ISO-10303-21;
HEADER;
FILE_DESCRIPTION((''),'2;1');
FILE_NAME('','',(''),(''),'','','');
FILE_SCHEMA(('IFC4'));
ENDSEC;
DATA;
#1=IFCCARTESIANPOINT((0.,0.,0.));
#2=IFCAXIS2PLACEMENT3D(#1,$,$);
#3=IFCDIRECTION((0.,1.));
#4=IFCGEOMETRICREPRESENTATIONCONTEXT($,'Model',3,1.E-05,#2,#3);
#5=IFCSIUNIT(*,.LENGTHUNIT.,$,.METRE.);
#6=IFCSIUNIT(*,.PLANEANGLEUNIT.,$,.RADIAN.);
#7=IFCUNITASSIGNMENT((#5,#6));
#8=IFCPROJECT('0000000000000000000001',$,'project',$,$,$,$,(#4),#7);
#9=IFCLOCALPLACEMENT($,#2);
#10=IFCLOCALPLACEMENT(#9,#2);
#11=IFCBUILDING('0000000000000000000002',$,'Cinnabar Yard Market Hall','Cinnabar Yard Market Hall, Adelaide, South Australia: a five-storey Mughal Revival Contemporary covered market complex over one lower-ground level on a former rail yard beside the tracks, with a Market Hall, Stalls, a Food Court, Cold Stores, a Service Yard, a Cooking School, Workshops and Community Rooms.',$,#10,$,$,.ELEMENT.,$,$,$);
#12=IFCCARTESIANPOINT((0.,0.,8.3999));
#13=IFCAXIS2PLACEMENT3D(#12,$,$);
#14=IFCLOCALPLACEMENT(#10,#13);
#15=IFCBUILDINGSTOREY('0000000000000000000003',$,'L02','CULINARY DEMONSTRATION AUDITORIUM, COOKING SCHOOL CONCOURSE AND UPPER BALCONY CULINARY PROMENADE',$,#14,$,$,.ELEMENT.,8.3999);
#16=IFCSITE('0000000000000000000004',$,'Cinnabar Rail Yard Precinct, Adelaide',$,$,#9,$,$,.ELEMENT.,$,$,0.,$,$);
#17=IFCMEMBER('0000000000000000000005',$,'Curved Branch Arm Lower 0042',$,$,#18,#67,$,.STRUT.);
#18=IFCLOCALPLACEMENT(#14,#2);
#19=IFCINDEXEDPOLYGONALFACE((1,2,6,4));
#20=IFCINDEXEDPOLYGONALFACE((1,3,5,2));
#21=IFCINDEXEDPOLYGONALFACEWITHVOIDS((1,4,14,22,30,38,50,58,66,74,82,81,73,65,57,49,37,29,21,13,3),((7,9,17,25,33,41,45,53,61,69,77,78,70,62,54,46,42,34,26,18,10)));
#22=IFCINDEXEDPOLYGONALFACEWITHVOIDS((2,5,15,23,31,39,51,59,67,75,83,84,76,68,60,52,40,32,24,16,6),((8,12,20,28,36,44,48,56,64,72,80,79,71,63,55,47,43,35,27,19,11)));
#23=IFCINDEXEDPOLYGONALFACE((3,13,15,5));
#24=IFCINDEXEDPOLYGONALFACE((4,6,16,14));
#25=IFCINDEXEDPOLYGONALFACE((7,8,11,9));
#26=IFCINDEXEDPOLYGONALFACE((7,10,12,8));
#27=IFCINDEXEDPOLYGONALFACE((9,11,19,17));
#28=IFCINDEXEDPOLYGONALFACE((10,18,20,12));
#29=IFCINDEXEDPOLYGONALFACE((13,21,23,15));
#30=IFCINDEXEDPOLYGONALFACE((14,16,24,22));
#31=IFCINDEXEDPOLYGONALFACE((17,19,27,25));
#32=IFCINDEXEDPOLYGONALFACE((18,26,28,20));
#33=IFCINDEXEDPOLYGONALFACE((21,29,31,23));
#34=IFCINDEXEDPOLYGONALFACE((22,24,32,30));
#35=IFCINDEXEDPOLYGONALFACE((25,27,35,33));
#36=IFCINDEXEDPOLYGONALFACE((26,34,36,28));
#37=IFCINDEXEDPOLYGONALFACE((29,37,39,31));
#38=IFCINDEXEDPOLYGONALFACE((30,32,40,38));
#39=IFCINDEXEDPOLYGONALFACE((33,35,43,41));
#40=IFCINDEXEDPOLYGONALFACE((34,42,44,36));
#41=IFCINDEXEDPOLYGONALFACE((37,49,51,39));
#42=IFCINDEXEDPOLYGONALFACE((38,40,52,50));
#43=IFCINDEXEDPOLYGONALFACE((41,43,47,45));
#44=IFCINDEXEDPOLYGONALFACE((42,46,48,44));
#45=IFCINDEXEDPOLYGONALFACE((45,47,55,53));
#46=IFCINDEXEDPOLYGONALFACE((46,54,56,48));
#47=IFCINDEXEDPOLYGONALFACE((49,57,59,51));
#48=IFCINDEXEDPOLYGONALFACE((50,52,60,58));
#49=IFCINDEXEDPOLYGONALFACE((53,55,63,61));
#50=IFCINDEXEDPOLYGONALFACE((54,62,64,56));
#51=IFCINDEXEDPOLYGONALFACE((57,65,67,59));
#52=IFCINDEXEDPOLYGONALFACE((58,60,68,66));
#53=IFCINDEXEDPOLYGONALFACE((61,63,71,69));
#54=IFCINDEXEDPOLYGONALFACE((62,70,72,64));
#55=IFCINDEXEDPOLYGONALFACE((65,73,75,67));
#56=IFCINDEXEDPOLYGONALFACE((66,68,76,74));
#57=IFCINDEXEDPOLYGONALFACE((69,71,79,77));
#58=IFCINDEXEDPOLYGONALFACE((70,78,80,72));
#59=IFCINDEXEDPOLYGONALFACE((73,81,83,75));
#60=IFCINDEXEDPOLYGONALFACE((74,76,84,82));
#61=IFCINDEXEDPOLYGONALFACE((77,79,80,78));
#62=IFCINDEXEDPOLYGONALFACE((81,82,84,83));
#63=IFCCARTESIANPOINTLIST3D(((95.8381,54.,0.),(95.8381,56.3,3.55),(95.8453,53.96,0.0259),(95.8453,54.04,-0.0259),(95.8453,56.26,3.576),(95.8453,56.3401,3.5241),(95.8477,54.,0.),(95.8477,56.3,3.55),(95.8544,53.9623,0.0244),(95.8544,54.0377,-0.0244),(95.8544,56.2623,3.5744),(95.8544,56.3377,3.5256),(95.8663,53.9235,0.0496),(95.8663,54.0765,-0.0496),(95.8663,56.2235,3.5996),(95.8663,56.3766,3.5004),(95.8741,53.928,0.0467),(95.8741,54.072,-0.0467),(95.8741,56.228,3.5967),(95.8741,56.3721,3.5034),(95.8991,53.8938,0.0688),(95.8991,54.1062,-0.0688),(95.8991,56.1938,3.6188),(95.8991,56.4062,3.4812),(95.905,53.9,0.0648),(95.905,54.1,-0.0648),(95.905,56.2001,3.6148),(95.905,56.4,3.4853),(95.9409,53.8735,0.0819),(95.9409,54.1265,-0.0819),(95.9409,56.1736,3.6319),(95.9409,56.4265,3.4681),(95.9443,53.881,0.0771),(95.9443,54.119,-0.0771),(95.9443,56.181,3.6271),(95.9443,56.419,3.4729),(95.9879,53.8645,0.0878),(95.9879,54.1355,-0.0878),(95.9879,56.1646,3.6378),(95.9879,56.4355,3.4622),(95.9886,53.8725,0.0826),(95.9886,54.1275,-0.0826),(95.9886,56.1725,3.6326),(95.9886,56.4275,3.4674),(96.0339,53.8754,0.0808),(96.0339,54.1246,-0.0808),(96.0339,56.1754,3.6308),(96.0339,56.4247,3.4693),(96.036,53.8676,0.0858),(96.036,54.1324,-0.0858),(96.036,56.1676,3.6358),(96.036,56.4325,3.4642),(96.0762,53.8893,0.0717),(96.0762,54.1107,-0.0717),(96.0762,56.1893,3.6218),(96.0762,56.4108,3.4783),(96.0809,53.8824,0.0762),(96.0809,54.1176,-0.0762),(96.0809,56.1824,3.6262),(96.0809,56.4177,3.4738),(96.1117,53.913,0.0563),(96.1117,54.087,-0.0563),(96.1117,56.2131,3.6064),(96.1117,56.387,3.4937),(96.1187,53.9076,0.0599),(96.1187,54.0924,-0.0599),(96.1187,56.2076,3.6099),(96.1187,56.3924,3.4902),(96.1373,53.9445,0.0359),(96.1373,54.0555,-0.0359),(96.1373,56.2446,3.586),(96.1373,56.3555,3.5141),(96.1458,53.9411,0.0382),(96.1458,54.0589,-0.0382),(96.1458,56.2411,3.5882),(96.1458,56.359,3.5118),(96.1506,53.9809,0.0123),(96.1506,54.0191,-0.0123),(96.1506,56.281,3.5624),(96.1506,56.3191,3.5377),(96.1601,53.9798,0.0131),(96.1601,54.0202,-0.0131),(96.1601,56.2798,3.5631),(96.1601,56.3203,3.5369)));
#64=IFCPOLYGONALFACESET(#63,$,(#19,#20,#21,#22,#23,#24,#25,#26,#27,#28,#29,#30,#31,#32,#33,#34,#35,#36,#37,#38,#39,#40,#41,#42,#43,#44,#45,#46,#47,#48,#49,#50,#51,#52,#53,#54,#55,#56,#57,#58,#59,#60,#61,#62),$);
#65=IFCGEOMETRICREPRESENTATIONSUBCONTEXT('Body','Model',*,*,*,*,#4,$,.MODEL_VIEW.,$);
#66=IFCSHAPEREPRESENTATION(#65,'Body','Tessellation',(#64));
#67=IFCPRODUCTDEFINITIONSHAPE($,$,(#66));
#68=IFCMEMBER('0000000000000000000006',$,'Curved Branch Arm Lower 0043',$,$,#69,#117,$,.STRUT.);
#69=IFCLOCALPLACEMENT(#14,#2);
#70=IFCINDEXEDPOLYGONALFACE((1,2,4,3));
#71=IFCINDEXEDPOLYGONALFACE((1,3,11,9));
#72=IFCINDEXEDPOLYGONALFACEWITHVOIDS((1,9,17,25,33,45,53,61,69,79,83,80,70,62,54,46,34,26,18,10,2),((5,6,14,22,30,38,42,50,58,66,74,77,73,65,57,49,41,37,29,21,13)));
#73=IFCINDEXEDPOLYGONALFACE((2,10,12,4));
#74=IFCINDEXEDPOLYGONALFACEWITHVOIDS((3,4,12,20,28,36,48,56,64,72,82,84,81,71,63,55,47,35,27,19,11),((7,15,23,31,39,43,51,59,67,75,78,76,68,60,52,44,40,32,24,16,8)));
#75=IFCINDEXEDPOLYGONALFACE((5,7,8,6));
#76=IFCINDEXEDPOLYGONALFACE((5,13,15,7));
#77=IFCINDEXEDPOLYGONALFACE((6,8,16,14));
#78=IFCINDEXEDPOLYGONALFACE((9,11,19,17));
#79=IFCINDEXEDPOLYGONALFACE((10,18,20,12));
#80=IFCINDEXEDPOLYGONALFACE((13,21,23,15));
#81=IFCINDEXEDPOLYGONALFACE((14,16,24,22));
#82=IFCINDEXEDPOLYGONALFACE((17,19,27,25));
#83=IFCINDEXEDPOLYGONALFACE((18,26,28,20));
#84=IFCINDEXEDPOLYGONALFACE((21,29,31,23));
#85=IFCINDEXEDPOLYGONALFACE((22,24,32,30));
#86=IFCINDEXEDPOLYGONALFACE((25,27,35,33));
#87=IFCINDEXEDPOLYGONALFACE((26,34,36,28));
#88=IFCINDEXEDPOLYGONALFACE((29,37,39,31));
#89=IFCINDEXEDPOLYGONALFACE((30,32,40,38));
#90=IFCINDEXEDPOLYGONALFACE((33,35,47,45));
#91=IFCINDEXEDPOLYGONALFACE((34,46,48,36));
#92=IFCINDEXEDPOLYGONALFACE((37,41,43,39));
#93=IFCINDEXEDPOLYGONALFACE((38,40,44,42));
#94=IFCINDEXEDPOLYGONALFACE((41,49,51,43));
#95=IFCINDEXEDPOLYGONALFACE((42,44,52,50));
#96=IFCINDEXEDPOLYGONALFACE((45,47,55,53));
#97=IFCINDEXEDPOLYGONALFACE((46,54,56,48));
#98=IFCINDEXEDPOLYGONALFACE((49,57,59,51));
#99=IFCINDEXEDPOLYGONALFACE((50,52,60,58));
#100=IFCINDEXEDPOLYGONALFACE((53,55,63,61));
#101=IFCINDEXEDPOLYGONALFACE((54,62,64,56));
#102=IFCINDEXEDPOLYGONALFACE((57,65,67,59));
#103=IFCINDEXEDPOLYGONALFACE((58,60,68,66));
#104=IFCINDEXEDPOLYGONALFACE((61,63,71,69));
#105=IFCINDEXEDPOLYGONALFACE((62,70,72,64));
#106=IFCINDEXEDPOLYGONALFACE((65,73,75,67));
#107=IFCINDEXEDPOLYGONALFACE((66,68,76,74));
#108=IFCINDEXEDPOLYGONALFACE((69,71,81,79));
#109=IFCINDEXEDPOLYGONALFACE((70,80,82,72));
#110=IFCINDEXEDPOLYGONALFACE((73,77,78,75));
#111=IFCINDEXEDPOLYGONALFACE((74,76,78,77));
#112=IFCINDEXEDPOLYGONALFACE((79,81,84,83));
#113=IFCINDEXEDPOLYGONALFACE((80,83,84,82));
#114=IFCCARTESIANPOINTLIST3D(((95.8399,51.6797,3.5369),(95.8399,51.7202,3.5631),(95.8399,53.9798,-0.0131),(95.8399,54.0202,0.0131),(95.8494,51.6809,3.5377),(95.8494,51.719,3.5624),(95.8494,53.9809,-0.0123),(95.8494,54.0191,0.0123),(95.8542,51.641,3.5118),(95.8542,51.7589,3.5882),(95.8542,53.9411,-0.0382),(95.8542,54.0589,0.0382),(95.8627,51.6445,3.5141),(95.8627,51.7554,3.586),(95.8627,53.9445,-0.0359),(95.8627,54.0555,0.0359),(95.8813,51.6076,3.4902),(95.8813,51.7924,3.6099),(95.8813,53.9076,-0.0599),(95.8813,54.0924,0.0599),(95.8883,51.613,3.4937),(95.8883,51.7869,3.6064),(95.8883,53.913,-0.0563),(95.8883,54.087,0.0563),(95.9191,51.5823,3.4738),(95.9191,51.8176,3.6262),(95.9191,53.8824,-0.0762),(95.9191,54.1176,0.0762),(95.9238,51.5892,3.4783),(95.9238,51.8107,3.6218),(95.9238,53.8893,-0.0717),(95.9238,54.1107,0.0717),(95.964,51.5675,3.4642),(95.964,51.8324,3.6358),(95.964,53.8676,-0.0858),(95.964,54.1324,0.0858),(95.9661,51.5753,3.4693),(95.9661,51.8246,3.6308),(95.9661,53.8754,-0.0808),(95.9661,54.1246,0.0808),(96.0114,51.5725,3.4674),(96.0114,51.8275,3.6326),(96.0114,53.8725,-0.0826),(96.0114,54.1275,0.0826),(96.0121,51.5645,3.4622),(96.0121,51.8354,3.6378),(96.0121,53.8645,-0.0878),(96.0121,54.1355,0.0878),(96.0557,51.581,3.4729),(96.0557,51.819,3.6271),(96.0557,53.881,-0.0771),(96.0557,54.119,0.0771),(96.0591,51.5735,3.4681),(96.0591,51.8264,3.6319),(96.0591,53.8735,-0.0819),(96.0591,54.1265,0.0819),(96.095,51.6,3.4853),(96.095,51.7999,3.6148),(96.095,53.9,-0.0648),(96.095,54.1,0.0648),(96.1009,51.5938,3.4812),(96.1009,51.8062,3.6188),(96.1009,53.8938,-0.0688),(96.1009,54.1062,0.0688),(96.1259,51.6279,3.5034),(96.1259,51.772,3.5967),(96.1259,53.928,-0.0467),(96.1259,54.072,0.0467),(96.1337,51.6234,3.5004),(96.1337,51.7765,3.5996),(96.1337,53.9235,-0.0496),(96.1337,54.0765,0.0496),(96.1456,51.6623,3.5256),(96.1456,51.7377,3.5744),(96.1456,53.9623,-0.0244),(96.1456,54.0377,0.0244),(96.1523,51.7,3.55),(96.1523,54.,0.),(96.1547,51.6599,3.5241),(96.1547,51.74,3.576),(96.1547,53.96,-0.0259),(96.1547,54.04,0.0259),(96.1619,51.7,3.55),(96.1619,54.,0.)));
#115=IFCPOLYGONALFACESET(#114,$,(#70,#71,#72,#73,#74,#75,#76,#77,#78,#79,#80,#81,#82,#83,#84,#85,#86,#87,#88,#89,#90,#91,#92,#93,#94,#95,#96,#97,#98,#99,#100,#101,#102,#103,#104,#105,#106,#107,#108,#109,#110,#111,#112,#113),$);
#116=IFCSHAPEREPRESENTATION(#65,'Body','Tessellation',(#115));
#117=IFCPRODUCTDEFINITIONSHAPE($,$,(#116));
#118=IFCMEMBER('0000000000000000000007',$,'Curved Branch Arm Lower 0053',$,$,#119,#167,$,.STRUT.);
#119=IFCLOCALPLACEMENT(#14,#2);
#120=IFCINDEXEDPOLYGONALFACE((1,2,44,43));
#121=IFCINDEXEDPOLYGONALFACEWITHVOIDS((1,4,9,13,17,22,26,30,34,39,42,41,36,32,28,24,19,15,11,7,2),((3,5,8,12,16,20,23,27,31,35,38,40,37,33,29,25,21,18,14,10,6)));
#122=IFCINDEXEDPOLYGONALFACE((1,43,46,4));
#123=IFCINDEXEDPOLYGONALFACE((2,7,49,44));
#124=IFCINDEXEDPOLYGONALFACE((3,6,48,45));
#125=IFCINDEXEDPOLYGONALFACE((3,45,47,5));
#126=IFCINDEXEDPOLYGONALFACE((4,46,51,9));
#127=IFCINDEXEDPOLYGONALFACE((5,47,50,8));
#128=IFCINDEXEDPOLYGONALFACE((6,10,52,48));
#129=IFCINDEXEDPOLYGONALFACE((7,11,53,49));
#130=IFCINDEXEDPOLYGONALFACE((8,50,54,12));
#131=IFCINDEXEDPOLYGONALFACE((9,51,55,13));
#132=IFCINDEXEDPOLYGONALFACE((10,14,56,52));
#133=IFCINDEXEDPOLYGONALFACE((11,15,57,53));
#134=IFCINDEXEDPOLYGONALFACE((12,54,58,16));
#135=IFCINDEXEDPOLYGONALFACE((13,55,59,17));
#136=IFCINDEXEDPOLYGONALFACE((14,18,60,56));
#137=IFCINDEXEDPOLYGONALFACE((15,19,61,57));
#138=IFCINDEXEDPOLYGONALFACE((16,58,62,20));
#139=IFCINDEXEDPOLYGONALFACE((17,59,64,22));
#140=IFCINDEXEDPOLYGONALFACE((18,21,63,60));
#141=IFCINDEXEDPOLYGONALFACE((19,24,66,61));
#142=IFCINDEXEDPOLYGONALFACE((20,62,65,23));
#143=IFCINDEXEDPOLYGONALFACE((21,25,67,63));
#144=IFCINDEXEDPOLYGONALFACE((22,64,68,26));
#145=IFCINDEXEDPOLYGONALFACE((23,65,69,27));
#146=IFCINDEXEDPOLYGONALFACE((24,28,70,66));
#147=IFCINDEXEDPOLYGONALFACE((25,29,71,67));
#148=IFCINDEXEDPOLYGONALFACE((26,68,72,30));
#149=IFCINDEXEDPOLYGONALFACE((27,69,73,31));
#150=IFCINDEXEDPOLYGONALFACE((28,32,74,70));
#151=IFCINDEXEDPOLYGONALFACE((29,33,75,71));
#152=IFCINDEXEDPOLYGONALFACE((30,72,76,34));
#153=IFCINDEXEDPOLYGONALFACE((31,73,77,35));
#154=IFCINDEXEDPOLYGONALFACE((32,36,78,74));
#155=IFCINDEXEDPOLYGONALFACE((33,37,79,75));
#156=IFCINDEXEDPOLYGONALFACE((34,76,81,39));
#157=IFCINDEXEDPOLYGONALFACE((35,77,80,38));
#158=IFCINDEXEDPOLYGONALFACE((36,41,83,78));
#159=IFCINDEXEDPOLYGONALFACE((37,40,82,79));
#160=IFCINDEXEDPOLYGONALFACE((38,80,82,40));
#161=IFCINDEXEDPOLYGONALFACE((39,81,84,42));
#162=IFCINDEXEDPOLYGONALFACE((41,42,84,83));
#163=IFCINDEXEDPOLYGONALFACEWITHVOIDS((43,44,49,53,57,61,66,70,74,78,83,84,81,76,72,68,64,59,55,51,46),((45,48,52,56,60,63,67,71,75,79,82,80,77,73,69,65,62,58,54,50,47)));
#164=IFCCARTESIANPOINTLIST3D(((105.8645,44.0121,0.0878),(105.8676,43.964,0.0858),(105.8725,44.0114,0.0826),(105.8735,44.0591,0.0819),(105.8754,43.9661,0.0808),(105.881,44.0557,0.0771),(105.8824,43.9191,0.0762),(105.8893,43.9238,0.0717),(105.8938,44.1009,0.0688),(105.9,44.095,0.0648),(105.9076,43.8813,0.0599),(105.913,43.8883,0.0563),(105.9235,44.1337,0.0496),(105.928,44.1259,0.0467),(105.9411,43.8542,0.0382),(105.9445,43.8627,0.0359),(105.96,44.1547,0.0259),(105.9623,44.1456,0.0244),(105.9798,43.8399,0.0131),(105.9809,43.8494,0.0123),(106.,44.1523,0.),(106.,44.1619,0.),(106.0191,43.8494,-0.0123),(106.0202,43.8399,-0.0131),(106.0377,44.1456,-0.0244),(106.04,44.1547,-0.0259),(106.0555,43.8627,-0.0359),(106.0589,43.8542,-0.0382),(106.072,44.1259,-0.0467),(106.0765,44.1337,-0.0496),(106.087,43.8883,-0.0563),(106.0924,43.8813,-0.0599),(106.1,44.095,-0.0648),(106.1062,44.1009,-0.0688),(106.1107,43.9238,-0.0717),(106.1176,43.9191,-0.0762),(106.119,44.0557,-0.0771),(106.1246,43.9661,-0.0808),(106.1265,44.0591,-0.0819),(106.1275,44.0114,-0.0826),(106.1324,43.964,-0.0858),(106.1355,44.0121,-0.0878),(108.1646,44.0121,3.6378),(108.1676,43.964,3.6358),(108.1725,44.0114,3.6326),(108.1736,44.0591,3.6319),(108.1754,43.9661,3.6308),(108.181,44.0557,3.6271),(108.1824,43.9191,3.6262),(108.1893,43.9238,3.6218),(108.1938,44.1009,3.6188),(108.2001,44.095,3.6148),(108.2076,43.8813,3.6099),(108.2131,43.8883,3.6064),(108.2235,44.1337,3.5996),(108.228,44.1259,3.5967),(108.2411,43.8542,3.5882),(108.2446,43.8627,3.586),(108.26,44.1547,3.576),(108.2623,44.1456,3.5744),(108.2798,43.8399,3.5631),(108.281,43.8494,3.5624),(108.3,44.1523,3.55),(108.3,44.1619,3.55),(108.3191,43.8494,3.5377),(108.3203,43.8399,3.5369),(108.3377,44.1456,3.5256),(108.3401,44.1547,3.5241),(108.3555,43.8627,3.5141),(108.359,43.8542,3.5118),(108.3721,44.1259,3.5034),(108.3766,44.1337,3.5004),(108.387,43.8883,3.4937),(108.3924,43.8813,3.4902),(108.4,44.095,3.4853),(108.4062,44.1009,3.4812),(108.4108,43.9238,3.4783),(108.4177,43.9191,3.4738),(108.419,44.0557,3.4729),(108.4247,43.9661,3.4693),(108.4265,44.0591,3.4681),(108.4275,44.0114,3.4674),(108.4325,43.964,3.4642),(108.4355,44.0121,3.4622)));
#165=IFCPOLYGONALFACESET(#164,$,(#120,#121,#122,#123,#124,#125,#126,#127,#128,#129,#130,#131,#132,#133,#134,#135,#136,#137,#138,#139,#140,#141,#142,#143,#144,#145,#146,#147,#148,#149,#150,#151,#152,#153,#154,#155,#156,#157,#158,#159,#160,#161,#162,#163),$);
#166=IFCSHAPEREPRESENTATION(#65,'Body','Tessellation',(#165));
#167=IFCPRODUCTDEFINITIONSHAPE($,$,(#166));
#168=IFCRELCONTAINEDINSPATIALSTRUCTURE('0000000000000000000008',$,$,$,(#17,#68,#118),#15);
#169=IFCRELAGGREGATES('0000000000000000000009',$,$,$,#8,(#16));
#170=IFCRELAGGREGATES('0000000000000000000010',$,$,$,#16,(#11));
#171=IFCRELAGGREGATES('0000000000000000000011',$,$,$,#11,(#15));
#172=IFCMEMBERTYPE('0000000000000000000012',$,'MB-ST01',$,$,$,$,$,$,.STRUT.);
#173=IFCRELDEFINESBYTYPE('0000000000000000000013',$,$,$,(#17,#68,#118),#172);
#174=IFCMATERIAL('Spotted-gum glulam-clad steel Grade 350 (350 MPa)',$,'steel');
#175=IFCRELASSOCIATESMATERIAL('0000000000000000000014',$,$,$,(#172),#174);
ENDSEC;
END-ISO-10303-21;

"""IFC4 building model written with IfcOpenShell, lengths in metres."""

from ifc_helpers import new_model, si_unit, direction, frame, origin, origin_2d_with_axis, place, context, subcontext, project, spatial, hollow_circle, extrude, material, material_profile, profile_set, type_object, element, save


model = new_model("IFC4")

# Units and contexts
model_context = context("Model", 3, precision=1e-05, world=origin(), true_north=direction((0.0, 1.0)))
body_context = subcontext(model_context, "Body", "Model", "MODEL_VIEW")
ifc_project = project(units=[si_unit("LENGTHUNIT", "METRE"), si_unit("PLANEANGLEUNIT", "RADIAN")], contexts=[model_context])

# Site, building, storey
site_placement = place(None, origin())
site = spatial("IfcSite", under=ifc_project, at=site_placement, Name="Cinnabar Rail Yard Precinct, Adelaide", CompositionType="ELEMENT", RefElevation=0.0)
building_placement = place(site_placement, origin())
building = spatial("IfcBuilding", under=site, at=building_placement, Name="Cinnabar Yard Market Hall", Description="Cinnabar Yard Market Hall, Adelaide, South Australia: a five-storey Mughal Revival Contemporary covered market complex over one lower-ground level on a former rail yard beside the tracks, with a Market Hall, Stalls, a Food Court, Cold Stores, a Service Yard, a Cooking School, Workshops and Community Rooms.", CompositionType="ELEMENT")
storey_placement = place(building_placement, frame((0.0, 0.0, 8.3999)))
storey = spatial("IfcBuildingStorey", under=building, at=storey_placement, Name="L02", Description="CULINARY DEMONSTRATION AUDITORIUM, COOKING SCHOOL CONCOURSE AND UPPER BALCONY CULINARY PROMENADE", CompositionType="ELEMENT", Elevation=8.3999)

# Shared definitions
ifc_material_1 = material(Name="Spotted-gum glulam-clad steel Grade 350 (350 MPa)", Category="steel")

# Members
ifc_material_profile_1 = material_profile(ifc_material_1, hollow_circle(Radius=0.1619, WallThickness=0.0095, at=origin_2d_with_axis()), Name="323.9x9.5CHS")
ifc_profile_set_1 = profile_set([ifc_material_profile_1], Name="Spotted-gum glulam-clad steel Grade 350 (350 MPa)")
member_type_1 = type_object("IfcMemberType", Name="MB-ST01", PredefinedType="STRUT", material=ifc_profile_set_1)
for number, where, z_axis, x_axis, name in (
    (1, (96.0, 54.0, 0.0), (0.0, 0.543744, 0.839251), (-1.0, 0.0, 0.0), "Curved Branch Arm Lower 0042"),
    (2, (96.0, 54.0, 0.0), (0.0, -0.543744, 0.839251), (1.0, 0.0, 0.0), "Curved Branch Arm Lower 0043"),
    (3, (106.0, 44.0, 0.0), (0.543744, 0.0, 0.839251), (0.0, 1.0, 0.0), "Curved Branch Arm Lower 0053"),
):
    element("IfcMember", number, at=place(storey_placement, frame(where, z_axis=z_axis, x_axis=x_axis)), inside=storey, type_object=member_type_1, Name=name, PredefinedType="STRUT", context=body_context, shape_type="SweptSolid", body=[
        extrude(hollow_circle(Radius=0.1619, WallThickness=0.0095, at=origin_2d_with_axis()), origin(), (0.0, 0.0, 1.0), 4.23),
    ])

save(model, "model.ifc")
